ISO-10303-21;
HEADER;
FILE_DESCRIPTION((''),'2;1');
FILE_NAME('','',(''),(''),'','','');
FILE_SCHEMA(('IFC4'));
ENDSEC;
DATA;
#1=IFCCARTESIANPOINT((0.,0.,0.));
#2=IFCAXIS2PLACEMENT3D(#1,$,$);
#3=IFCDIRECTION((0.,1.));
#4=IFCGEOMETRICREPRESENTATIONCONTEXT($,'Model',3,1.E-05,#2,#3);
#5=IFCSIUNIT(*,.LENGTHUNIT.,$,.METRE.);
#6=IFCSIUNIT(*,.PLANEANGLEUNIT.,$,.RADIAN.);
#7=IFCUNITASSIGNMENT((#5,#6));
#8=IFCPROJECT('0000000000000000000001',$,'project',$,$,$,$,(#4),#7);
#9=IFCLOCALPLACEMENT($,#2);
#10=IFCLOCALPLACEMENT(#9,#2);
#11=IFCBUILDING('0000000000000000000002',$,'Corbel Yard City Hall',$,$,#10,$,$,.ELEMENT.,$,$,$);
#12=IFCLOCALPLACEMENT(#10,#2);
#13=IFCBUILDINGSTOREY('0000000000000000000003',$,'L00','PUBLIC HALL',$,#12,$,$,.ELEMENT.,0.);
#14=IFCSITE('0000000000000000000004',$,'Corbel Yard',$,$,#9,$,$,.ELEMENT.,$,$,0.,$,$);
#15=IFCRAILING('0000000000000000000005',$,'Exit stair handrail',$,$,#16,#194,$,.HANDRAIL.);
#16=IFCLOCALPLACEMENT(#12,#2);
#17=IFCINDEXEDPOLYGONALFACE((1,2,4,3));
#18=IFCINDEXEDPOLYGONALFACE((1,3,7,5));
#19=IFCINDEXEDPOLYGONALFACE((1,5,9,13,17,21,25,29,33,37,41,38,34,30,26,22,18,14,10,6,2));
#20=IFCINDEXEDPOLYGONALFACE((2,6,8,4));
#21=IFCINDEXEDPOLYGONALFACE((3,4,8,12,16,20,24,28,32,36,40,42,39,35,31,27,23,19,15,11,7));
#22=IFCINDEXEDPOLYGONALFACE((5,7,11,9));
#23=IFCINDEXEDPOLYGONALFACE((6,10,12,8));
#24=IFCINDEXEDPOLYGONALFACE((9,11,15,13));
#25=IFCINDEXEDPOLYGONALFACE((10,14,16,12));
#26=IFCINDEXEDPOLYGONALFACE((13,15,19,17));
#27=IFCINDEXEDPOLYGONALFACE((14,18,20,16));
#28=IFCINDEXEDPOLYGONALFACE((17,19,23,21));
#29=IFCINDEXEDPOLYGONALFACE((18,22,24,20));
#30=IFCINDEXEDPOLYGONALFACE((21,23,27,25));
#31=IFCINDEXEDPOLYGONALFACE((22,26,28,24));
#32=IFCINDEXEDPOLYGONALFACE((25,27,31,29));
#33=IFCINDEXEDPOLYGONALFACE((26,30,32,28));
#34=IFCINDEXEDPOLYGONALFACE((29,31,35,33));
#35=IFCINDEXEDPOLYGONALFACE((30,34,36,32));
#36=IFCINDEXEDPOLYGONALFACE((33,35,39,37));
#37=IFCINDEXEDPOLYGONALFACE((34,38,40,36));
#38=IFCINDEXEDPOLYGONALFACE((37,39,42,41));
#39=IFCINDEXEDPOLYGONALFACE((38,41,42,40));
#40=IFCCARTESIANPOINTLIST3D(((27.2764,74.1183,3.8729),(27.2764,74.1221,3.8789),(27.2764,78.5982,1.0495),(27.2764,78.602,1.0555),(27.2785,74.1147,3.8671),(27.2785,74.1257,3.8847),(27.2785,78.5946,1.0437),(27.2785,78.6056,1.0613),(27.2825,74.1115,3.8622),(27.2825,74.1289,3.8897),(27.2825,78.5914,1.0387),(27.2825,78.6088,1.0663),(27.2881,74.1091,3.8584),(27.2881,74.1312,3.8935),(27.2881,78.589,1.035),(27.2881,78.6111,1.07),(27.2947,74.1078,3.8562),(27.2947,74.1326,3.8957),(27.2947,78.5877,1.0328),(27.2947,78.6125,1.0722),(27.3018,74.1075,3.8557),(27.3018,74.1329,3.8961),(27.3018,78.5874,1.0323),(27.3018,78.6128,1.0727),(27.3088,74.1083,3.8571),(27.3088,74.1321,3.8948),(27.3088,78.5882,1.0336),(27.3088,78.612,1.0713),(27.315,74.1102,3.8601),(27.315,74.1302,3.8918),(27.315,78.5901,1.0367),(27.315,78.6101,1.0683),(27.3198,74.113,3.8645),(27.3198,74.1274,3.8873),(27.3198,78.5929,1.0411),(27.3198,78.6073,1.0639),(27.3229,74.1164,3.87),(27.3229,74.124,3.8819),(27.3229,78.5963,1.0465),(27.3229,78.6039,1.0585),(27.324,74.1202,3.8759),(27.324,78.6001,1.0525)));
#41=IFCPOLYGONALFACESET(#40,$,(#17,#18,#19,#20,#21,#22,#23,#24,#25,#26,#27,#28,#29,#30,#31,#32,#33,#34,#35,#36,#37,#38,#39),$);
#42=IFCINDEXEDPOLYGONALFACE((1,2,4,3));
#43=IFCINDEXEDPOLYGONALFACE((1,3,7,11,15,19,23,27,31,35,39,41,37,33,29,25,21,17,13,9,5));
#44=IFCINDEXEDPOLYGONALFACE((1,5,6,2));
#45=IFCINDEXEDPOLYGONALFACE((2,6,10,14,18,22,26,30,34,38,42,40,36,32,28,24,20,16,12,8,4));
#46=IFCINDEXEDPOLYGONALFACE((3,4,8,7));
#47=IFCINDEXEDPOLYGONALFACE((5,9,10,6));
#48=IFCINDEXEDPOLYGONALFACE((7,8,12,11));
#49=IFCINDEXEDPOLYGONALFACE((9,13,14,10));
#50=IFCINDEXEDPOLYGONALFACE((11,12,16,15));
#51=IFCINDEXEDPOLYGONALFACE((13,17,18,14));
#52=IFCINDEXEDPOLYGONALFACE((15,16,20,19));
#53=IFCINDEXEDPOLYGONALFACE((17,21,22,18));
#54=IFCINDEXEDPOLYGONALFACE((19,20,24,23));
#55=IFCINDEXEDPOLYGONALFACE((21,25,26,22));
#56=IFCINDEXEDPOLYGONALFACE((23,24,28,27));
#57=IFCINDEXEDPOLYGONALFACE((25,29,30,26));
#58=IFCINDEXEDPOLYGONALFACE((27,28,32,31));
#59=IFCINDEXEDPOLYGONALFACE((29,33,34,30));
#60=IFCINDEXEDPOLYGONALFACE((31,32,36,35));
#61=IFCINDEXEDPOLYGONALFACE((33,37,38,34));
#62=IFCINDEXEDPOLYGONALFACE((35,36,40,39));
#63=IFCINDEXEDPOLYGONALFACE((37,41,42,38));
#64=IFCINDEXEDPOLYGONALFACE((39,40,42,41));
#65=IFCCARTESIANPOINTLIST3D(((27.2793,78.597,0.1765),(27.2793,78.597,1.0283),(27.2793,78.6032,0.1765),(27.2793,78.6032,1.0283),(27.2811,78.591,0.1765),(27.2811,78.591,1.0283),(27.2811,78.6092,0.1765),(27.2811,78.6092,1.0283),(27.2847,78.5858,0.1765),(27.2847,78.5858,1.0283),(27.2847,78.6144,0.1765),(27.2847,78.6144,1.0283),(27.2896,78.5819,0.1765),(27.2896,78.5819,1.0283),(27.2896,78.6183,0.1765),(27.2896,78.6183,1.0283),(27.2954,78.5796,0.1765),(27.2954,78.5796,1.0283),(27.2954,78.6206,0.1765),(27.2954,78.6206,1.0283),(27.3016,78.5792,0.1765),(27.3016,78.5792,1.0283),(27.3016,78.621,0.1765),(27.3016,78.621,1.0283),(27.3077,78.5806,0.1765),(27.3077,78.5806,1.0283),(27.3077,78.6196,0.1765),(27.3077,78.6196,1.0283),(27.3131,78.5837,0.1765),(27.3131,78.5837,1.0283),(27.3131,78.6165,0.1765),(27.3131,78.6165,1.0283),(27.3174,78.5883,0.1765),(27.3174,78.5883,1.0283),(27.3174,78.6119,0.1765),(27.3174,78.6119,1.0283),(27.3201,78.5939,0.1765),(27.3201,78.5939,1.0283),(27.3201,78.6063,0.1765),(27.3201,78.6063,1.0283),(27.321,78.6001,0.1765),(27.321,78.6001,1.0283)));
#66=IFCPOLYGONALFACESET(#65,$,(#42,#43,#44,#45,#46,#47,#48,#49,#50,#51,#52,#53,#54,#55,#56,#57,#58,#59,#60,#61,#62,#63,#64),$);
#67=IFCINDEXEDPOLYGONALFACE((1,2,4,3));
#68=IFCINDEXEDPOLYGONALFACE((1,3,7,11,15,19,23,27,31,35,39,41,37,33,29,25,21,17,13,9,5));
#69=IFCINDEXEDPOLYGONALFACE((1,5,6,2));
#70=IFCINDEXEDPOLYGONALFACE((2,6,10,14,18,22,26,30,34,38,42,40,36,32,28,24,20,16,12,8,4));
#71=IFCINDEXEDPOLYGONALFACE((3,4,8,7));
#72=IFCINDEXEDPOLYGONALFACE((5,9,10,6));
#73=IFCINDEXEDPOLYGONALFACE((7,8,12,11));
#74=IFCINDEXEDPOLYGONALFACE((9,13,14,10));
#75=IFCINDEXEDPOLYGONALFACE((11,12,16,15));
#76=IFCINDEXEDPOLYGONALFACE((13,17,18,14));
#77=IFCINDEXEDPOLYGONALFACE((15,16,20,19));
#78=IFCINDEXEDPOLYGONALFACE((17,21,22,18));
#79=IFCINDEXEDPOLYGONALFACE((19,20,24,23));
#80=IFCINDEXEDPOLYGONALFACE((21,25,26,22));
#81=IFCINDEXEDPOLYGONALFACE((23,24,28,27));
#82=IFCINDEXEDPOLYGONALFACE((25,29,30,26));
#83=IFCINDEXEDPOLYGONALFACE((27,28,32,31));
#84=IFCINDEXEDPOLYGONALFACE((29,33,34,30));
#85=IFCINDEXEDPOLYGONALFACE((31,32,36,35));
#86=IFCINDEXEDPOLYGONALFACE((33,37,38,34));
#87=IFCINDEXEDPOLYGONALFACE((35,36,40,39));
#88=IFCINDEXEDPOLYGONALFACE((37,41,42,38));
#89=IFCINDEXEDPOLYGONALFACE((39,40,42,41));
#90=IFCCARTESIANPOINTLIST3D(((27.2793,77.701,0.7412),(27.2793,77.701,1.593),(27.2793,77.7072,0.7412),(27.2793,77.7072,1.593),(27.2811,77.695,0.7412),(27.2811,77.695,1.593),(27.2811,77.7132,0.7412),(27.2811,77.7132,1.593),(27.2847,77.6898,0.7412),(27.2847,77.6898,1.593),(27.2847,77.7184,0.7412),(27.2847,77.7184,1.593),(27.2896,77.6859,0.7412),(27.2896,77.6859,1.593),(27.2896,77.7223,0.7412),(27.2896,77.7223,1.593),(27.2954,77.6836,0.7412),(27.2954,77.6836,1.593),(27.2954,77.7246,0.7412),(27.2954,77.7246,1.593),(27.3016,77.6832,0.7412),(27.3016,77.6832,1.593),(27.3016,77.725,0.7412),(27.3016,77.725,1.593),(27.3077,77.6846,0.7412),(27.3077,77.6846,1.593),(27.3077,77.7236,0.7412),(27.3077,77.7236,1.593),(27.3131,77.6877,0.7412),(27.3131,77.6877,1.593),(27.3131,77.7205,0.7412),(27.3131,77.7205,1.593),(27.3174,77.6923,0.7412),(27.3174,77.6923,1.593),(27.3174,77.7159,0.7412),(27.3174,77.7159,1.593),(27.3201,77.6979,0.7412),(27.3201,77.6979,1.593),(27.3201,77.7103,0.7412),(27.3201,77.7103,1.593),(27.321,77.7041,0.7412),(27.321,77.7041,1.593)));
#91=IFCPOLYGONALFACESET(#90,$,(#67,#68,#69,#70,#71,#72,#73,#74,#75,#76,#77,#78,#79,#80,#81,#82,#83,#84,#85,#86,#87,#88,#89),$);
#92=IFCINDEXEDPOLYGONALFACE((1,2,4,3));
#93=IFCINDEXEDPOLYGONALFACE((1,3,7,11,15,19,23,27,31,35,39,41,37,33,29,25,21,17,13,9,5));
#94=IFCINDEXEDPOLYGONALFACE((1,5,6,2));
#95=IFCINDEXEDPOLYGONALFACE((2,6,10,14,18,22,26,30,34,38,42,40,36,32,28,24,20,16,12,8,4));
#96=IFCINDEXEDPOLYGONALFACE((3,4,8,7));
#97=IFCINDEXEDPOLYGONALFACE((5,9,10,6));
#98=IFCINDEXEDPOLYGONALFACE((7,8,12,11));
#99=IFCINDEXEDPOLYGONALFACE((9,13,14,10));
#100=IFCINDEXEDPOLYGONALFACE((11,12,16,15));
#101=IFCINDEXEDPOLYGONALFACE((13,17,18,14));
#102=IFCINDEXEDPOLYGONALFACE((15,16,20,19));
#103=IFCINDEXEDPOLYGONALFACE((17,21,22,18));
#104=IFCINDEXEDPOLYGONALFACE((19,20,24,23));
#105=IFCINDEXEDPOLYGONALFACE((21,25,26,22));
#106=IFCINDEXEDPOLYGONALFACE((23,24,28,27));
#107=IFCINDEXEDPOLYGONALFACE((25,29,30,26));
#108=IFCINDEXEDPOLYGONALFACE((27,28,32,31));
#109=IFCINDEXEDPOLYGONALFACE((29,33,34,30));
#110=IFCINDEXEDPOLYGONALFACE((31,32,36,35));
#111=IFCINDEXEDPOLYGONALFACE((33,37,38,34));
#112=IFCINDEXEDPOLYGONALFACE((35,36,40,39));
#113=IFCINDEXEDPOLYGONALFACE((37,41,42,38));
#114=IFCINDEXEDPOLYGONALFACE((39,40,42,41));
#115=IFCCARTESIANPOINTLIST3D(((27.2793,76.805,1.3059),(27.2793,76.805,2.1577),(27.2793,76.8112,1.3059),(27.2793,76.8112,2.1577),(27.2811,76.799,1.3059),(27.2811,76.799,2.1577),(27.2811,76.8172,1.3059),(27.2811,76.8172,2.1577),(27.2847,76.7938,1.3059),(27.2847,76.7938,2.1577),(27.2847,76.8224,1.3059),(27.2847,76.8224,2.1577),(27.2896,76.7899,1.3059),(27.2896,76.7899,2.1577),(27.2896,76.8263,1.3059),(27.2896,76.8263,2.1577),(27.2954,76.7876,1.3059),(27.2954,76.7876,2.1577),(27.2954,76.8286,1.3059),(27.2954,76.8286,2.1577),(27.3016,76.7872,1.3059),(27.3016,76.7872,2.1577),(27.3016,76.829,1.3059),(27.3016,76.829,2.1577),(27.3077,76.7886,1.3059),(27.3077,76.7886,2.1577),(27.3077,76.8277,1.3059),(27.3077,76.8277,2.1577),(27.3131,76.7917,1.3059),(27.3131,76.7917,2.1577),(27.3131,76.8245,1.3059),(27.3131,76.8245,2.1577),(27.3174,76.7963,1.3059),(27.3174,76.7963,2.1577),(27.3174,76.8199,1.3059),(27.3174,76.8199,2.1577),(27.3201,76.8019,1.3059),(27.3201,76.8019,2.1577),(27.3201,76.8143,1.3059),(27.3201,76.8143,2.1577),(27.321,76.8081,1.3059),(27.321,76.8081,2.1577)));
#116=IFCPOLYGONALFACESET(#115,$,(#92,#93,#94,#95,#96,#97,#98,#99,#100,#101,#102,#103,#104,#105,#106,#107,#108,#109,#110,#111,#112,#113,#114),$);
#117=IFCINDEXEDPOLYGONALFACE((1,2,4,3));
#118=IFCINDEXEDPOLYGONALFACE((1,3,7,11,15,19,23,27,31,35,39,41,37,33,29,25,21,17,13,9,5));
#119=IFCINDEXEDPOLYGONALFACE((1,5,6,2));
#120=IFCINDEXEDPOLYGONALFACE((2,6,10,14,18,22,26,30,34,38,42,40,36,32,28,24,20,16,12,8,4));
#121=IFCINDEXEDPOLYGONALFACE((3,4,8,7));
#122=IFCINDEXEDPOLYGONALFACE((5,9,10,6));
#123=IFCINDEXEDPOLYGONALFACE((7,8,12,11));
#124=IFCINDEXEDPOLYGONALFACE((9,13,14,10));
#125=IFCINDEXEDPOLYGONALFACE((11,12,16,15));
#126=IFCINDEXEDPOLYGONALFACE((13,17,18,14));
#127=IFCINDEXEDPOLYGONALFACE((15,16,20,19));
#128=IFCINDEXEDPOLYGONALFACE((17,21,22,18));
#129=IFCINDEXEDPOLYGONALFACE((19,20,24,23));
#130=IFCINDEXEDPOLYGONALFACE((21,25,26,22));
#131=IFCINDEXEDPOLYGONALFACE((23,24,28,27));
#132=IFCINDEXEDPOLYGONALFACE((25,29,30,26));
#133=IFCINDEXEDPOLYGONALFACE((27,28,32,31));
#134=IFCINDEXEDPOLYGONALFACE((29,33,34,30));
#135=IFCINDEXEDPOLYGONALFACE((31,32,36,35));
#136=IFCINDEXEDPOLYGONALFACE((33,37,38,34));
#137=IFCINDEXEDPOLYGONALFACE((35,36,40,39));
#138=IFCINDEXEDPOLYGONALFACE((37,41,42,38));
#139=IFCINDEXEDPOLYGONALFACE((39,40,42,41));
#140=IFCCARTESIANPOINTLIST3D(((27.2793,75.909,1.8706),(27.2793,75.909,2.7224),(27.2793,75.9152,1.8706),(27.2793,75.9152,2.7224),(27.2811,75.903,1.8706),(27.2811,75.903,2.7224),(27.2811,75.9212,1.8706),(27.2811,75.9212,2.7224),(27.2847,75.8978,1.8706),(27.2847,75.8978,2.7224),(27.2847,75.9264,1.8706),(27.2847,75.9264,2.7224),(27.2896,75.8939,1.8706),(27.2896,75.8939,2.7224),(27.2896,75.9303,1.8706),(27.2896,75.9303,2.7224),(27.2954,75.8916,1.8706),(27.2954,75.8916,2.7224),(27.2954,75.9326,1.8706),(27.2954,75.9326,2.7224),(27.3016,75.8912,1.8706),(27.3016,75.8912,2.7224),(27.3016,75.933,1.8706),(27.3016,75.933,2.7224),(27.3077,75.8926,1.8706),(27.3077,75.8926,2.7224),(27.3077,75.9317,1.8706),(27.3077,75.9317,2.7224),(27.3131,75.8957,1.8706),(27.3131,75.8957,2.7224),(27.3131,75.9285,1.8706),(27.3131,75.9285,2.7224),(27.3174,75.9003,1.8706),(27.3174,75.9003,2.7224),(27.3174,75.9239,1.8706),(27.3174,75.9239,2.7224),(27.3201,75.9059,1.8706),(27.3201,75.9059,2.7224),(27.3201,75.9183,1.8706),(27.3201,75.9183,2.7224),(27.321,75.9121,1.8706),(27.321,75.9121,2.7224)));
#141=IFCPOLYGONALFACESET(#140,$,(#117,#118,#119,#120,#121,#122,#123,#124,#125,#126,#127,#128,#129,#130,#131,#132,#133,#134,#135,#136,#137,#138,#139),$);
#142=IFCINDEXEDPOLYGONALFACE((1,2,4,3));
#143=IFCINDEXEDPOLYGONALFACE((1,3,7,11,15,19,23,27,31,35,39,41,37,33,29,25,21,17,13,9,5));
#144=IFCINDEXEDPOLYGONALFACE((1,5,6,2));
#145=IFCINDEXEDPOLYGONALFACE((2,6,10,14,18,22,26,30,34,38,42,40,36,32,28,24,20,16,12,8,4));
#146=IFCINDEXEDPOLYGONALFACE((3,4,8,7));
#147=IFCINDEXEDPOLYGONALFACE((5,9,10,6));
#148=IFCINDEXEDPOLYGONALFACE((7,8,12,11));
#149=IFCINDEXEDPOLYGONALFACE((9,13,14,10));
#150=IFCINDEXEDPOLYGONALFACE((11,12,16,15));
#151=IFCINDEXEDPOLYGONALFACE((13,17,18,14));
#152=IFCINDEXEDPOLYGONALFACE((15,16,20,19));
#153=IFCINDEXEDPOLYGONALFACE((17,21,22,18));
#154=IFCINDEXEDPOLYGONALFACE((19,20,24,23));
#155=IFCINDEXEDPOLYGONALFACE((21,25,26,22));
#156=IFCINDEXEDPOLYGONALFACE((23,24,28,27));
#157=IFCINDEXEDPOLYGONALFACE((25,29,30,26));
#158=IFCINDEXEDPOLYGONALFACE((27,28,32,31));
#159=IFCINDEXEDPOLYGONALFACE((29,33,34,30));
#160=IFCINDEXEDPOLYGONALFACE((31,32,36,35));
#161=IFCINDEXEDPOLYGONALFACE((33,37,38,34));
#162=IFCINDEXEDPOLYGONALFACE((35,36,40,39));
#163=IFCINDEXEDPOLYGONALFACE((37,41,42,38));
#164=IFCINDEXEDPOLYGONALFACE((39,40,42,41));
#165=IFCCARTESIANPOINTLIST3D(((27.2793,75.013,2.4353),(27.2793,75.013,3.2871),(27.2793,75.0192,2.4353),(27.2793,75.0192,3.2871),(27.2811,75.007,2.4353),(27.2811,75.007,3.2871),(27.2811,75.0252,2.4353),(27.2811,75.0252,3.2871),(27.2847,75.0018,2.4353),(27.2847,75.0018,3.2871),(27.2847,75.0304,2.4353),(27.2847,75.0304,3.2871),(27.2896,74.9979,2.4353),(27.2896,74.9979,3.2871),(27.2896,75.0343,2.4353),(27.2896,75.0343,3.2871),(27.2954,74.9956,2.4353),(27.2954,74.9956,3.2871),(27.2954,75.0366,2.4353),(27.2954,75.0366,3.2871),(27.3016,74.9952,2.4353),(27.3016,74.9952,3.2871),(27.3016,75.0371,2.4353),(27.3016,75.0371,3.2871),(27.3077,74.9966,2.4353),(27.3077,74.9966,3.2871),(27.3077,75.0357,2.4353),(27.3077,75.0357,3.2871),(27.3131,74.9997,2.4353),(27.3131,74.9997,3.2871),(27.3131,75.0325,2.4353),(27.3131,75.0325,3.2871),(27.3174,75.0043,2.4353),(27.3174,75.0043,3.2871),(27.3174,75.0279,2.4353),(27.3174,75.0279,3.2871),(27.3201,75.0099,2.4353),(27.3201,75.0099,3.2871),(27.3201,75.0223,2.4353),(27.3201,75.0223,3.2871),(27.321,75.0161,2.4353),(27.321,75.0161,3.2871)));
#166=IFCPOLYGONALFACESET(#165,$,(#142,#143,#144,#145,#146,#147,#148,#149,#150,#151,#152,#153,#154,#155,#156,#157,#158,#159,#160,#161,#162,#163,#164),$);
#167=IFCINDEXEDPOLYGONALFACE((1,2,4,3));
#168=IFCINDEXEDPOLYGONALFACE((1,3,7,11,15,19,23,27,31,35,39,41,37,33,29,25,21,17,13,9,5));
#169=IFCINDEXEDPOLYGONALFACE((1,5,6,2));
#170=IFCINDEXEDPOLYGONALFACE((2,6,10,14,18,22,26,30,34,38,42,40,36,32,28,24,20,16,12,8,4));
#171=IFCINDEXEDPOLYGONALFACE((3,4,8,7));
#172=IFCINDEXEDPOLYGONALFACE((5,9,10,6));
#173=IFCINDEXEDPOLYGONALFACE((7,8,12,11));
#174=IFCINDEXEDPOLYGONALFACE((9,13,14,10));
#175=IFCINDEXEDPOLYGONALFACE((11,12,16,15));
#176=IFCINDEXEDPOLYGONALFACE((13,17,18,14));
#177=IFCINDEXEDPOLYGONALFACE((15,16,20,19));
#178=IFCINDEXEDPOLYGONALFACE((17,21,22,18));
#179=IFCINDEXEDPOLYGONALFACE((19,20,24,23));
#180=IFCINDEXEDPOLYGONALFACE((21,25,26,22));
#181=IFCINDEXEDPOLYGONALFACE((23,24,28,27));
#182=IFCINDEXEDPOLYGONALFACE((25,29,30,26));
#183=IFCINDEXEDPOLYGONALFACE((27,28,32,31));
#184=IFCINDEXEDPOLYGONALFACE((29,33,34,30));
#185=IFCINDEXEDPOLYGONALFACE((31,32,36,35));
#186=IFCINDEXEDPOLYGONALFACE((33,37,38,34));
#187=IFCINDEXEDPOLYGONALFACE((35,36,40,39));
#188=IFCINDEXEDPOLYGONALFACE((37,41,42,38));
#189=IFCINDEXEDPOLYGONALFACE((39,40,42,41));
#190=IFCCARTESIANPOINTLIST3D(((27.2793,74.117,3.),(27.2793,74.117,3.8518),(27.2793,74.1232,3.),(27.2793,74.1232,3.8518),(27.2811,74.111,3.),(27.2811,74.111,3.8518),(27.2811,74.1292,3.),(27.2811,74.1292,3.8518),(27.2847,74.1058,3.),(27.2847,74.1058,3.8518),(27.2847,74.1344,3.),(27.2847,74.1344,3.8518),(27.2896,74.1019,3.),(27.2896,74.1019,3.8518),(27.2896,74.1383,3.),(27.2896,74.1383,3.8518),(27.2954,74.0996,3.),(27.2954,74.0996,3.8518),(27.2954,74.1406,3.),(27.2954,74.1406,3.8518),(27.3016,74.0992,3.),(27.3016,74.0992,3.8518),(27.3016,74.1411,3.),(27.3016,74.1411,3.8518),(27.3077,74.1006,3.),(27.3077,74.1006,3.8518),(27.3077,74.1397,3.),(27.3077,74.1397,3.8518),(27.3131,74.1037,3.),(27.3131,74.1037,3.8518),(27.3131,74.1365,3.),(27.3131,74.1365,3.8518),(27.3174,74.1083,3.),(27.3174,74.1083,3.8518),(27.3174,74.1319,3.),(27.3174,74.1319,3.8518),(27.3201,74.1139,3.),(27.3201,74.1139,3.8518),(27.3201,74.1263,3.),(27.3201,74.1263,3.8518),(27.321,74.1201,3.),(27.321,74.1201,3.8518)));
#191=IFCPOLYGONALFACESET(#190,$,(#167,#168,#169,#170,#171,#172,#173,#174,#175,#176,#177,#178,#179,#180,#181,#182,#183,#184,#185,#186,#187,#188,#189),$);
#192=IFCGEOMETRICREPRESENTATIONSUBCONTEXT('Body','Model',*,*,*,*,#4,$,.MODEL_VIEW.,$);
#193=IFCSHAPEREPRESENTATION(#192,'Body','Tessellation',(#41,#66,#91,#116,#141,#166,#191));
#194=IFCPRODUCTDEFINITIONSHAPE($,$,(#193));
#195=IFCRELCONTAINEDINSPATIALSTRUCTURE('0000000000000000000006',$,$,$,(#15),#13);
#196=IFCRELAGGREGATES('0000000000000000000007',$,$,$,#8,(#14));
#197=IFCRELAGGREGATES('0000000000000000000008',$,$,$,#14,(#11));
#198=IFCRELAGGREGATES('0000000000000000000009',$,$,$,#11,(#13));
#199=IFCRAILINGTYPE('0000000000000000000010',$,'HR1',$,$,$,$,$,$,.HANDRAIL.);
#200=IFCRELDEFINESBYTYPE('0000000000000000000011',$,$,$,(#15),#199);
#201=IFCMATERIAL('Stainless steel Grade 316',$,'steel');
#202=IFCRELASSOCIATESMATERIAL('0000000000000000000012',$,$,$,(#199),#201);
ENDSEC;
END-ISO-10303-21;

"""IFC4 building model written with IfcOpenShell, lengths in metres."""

from ifc_helpers import new_model, si_unit, direction, frame, origin, origin_2d, place, context, subcontext, project, spatial, circle, extrude, material, type_object, element, save


model = new_model("IFC4")

# Units and contexts
model_context = context("Model", 3, precision=1e-05, world=origin(), true_north=direction((0.0, 1.0)))
body_context = subcontext(model_context, "Body", "Model", "MODEL_VIEW")
ifc_project = project(units=[si_unit("LENGTHUNIT", "METRE"), si_unit("PLANEANGLEUNIT", "RADIAN")], contexts=[model_context])

# Site, building, storey
site_placement = place(None, origin())
site = spatial("IfcSite", under=ifc_project, at=site_placement, Name="Corbel Yard", CompositionType="ELEMENT", RefElevation=0.0)
building_placement = place(site_placement, origin())
building = spatial("IfcBuilding", under=site, at=building_placement, Name="Corbel Yard City Hall", CompositionType="ELEMENT")
storey_placement = place(building_placement, origin())
storey = spatial("IfcBuildingStorey", under=building, at=storey_placement, Name="L00", Description="PUBLIC HALL", CompositionType="ELEMENT", Elevation=0.0)

# Railing
ifc_material_1 = material(Name="Stainless steel Grade 316", Category="steel")
railing_type = type_object("IfcRailingType", Name="HR1", PredefinedType="HANDRAIL", material=ifc_material_1)
railing_placement = place(storey_placement, frame((27.3, 78.6001, 0.1765)))
element("IfcRailing", 1, at=railing_placement, inside=storey, type_object=railing_type, Name="Exit stair handrail", PredefinedType="HANDRAIL", context=body_context, shape_type="SweptSolid", body=[
    extrude(circle(Radius=0.0239, at=origin_2d()), frame((0.0, 0.0, 0.876), z_axis=(0.0, -0.845998, 0.533186), x_axis=(1.0, 0.0, 0.0)), (0.0, 0.0, 1.0), 5.2954),
    extrude(circle(Radius=0.021, at=origin_2d()), origin(), (0.0, 0.0, 1.0), 0.8518),
    extrude(circle(Radius=0.021, at=origin_2d()), frame((0.0, -0.896, 0.5647)), (0.0, 0.0, 1.0), 0.8518),
    extrude(circle(Radius=0.021, at=origin_2d()), frame((0.0, -1.792, 1.1294)), (0.0, 0.0, 1.0), 0.8518),
    extrude(circle(Radius=0.021, at=origin_2d()), frame((0.0, -2.688, 1.6941)), (0.0, 0.0, 1.0), 0.8518),
    extrude(circle(Radius=0.021, at=origin_2d()), frame((0.0, -3.584, 2.2588)), (0.0, 0.0, 1.0), 0.8518),
    extrude(circle(Radius=0.021, at=origin_2d()), frame((0.0, -4.48, 2.8235)), (0.0, 0.0, 1.0), 0.8518),
])

save(model, "model.ifc")
